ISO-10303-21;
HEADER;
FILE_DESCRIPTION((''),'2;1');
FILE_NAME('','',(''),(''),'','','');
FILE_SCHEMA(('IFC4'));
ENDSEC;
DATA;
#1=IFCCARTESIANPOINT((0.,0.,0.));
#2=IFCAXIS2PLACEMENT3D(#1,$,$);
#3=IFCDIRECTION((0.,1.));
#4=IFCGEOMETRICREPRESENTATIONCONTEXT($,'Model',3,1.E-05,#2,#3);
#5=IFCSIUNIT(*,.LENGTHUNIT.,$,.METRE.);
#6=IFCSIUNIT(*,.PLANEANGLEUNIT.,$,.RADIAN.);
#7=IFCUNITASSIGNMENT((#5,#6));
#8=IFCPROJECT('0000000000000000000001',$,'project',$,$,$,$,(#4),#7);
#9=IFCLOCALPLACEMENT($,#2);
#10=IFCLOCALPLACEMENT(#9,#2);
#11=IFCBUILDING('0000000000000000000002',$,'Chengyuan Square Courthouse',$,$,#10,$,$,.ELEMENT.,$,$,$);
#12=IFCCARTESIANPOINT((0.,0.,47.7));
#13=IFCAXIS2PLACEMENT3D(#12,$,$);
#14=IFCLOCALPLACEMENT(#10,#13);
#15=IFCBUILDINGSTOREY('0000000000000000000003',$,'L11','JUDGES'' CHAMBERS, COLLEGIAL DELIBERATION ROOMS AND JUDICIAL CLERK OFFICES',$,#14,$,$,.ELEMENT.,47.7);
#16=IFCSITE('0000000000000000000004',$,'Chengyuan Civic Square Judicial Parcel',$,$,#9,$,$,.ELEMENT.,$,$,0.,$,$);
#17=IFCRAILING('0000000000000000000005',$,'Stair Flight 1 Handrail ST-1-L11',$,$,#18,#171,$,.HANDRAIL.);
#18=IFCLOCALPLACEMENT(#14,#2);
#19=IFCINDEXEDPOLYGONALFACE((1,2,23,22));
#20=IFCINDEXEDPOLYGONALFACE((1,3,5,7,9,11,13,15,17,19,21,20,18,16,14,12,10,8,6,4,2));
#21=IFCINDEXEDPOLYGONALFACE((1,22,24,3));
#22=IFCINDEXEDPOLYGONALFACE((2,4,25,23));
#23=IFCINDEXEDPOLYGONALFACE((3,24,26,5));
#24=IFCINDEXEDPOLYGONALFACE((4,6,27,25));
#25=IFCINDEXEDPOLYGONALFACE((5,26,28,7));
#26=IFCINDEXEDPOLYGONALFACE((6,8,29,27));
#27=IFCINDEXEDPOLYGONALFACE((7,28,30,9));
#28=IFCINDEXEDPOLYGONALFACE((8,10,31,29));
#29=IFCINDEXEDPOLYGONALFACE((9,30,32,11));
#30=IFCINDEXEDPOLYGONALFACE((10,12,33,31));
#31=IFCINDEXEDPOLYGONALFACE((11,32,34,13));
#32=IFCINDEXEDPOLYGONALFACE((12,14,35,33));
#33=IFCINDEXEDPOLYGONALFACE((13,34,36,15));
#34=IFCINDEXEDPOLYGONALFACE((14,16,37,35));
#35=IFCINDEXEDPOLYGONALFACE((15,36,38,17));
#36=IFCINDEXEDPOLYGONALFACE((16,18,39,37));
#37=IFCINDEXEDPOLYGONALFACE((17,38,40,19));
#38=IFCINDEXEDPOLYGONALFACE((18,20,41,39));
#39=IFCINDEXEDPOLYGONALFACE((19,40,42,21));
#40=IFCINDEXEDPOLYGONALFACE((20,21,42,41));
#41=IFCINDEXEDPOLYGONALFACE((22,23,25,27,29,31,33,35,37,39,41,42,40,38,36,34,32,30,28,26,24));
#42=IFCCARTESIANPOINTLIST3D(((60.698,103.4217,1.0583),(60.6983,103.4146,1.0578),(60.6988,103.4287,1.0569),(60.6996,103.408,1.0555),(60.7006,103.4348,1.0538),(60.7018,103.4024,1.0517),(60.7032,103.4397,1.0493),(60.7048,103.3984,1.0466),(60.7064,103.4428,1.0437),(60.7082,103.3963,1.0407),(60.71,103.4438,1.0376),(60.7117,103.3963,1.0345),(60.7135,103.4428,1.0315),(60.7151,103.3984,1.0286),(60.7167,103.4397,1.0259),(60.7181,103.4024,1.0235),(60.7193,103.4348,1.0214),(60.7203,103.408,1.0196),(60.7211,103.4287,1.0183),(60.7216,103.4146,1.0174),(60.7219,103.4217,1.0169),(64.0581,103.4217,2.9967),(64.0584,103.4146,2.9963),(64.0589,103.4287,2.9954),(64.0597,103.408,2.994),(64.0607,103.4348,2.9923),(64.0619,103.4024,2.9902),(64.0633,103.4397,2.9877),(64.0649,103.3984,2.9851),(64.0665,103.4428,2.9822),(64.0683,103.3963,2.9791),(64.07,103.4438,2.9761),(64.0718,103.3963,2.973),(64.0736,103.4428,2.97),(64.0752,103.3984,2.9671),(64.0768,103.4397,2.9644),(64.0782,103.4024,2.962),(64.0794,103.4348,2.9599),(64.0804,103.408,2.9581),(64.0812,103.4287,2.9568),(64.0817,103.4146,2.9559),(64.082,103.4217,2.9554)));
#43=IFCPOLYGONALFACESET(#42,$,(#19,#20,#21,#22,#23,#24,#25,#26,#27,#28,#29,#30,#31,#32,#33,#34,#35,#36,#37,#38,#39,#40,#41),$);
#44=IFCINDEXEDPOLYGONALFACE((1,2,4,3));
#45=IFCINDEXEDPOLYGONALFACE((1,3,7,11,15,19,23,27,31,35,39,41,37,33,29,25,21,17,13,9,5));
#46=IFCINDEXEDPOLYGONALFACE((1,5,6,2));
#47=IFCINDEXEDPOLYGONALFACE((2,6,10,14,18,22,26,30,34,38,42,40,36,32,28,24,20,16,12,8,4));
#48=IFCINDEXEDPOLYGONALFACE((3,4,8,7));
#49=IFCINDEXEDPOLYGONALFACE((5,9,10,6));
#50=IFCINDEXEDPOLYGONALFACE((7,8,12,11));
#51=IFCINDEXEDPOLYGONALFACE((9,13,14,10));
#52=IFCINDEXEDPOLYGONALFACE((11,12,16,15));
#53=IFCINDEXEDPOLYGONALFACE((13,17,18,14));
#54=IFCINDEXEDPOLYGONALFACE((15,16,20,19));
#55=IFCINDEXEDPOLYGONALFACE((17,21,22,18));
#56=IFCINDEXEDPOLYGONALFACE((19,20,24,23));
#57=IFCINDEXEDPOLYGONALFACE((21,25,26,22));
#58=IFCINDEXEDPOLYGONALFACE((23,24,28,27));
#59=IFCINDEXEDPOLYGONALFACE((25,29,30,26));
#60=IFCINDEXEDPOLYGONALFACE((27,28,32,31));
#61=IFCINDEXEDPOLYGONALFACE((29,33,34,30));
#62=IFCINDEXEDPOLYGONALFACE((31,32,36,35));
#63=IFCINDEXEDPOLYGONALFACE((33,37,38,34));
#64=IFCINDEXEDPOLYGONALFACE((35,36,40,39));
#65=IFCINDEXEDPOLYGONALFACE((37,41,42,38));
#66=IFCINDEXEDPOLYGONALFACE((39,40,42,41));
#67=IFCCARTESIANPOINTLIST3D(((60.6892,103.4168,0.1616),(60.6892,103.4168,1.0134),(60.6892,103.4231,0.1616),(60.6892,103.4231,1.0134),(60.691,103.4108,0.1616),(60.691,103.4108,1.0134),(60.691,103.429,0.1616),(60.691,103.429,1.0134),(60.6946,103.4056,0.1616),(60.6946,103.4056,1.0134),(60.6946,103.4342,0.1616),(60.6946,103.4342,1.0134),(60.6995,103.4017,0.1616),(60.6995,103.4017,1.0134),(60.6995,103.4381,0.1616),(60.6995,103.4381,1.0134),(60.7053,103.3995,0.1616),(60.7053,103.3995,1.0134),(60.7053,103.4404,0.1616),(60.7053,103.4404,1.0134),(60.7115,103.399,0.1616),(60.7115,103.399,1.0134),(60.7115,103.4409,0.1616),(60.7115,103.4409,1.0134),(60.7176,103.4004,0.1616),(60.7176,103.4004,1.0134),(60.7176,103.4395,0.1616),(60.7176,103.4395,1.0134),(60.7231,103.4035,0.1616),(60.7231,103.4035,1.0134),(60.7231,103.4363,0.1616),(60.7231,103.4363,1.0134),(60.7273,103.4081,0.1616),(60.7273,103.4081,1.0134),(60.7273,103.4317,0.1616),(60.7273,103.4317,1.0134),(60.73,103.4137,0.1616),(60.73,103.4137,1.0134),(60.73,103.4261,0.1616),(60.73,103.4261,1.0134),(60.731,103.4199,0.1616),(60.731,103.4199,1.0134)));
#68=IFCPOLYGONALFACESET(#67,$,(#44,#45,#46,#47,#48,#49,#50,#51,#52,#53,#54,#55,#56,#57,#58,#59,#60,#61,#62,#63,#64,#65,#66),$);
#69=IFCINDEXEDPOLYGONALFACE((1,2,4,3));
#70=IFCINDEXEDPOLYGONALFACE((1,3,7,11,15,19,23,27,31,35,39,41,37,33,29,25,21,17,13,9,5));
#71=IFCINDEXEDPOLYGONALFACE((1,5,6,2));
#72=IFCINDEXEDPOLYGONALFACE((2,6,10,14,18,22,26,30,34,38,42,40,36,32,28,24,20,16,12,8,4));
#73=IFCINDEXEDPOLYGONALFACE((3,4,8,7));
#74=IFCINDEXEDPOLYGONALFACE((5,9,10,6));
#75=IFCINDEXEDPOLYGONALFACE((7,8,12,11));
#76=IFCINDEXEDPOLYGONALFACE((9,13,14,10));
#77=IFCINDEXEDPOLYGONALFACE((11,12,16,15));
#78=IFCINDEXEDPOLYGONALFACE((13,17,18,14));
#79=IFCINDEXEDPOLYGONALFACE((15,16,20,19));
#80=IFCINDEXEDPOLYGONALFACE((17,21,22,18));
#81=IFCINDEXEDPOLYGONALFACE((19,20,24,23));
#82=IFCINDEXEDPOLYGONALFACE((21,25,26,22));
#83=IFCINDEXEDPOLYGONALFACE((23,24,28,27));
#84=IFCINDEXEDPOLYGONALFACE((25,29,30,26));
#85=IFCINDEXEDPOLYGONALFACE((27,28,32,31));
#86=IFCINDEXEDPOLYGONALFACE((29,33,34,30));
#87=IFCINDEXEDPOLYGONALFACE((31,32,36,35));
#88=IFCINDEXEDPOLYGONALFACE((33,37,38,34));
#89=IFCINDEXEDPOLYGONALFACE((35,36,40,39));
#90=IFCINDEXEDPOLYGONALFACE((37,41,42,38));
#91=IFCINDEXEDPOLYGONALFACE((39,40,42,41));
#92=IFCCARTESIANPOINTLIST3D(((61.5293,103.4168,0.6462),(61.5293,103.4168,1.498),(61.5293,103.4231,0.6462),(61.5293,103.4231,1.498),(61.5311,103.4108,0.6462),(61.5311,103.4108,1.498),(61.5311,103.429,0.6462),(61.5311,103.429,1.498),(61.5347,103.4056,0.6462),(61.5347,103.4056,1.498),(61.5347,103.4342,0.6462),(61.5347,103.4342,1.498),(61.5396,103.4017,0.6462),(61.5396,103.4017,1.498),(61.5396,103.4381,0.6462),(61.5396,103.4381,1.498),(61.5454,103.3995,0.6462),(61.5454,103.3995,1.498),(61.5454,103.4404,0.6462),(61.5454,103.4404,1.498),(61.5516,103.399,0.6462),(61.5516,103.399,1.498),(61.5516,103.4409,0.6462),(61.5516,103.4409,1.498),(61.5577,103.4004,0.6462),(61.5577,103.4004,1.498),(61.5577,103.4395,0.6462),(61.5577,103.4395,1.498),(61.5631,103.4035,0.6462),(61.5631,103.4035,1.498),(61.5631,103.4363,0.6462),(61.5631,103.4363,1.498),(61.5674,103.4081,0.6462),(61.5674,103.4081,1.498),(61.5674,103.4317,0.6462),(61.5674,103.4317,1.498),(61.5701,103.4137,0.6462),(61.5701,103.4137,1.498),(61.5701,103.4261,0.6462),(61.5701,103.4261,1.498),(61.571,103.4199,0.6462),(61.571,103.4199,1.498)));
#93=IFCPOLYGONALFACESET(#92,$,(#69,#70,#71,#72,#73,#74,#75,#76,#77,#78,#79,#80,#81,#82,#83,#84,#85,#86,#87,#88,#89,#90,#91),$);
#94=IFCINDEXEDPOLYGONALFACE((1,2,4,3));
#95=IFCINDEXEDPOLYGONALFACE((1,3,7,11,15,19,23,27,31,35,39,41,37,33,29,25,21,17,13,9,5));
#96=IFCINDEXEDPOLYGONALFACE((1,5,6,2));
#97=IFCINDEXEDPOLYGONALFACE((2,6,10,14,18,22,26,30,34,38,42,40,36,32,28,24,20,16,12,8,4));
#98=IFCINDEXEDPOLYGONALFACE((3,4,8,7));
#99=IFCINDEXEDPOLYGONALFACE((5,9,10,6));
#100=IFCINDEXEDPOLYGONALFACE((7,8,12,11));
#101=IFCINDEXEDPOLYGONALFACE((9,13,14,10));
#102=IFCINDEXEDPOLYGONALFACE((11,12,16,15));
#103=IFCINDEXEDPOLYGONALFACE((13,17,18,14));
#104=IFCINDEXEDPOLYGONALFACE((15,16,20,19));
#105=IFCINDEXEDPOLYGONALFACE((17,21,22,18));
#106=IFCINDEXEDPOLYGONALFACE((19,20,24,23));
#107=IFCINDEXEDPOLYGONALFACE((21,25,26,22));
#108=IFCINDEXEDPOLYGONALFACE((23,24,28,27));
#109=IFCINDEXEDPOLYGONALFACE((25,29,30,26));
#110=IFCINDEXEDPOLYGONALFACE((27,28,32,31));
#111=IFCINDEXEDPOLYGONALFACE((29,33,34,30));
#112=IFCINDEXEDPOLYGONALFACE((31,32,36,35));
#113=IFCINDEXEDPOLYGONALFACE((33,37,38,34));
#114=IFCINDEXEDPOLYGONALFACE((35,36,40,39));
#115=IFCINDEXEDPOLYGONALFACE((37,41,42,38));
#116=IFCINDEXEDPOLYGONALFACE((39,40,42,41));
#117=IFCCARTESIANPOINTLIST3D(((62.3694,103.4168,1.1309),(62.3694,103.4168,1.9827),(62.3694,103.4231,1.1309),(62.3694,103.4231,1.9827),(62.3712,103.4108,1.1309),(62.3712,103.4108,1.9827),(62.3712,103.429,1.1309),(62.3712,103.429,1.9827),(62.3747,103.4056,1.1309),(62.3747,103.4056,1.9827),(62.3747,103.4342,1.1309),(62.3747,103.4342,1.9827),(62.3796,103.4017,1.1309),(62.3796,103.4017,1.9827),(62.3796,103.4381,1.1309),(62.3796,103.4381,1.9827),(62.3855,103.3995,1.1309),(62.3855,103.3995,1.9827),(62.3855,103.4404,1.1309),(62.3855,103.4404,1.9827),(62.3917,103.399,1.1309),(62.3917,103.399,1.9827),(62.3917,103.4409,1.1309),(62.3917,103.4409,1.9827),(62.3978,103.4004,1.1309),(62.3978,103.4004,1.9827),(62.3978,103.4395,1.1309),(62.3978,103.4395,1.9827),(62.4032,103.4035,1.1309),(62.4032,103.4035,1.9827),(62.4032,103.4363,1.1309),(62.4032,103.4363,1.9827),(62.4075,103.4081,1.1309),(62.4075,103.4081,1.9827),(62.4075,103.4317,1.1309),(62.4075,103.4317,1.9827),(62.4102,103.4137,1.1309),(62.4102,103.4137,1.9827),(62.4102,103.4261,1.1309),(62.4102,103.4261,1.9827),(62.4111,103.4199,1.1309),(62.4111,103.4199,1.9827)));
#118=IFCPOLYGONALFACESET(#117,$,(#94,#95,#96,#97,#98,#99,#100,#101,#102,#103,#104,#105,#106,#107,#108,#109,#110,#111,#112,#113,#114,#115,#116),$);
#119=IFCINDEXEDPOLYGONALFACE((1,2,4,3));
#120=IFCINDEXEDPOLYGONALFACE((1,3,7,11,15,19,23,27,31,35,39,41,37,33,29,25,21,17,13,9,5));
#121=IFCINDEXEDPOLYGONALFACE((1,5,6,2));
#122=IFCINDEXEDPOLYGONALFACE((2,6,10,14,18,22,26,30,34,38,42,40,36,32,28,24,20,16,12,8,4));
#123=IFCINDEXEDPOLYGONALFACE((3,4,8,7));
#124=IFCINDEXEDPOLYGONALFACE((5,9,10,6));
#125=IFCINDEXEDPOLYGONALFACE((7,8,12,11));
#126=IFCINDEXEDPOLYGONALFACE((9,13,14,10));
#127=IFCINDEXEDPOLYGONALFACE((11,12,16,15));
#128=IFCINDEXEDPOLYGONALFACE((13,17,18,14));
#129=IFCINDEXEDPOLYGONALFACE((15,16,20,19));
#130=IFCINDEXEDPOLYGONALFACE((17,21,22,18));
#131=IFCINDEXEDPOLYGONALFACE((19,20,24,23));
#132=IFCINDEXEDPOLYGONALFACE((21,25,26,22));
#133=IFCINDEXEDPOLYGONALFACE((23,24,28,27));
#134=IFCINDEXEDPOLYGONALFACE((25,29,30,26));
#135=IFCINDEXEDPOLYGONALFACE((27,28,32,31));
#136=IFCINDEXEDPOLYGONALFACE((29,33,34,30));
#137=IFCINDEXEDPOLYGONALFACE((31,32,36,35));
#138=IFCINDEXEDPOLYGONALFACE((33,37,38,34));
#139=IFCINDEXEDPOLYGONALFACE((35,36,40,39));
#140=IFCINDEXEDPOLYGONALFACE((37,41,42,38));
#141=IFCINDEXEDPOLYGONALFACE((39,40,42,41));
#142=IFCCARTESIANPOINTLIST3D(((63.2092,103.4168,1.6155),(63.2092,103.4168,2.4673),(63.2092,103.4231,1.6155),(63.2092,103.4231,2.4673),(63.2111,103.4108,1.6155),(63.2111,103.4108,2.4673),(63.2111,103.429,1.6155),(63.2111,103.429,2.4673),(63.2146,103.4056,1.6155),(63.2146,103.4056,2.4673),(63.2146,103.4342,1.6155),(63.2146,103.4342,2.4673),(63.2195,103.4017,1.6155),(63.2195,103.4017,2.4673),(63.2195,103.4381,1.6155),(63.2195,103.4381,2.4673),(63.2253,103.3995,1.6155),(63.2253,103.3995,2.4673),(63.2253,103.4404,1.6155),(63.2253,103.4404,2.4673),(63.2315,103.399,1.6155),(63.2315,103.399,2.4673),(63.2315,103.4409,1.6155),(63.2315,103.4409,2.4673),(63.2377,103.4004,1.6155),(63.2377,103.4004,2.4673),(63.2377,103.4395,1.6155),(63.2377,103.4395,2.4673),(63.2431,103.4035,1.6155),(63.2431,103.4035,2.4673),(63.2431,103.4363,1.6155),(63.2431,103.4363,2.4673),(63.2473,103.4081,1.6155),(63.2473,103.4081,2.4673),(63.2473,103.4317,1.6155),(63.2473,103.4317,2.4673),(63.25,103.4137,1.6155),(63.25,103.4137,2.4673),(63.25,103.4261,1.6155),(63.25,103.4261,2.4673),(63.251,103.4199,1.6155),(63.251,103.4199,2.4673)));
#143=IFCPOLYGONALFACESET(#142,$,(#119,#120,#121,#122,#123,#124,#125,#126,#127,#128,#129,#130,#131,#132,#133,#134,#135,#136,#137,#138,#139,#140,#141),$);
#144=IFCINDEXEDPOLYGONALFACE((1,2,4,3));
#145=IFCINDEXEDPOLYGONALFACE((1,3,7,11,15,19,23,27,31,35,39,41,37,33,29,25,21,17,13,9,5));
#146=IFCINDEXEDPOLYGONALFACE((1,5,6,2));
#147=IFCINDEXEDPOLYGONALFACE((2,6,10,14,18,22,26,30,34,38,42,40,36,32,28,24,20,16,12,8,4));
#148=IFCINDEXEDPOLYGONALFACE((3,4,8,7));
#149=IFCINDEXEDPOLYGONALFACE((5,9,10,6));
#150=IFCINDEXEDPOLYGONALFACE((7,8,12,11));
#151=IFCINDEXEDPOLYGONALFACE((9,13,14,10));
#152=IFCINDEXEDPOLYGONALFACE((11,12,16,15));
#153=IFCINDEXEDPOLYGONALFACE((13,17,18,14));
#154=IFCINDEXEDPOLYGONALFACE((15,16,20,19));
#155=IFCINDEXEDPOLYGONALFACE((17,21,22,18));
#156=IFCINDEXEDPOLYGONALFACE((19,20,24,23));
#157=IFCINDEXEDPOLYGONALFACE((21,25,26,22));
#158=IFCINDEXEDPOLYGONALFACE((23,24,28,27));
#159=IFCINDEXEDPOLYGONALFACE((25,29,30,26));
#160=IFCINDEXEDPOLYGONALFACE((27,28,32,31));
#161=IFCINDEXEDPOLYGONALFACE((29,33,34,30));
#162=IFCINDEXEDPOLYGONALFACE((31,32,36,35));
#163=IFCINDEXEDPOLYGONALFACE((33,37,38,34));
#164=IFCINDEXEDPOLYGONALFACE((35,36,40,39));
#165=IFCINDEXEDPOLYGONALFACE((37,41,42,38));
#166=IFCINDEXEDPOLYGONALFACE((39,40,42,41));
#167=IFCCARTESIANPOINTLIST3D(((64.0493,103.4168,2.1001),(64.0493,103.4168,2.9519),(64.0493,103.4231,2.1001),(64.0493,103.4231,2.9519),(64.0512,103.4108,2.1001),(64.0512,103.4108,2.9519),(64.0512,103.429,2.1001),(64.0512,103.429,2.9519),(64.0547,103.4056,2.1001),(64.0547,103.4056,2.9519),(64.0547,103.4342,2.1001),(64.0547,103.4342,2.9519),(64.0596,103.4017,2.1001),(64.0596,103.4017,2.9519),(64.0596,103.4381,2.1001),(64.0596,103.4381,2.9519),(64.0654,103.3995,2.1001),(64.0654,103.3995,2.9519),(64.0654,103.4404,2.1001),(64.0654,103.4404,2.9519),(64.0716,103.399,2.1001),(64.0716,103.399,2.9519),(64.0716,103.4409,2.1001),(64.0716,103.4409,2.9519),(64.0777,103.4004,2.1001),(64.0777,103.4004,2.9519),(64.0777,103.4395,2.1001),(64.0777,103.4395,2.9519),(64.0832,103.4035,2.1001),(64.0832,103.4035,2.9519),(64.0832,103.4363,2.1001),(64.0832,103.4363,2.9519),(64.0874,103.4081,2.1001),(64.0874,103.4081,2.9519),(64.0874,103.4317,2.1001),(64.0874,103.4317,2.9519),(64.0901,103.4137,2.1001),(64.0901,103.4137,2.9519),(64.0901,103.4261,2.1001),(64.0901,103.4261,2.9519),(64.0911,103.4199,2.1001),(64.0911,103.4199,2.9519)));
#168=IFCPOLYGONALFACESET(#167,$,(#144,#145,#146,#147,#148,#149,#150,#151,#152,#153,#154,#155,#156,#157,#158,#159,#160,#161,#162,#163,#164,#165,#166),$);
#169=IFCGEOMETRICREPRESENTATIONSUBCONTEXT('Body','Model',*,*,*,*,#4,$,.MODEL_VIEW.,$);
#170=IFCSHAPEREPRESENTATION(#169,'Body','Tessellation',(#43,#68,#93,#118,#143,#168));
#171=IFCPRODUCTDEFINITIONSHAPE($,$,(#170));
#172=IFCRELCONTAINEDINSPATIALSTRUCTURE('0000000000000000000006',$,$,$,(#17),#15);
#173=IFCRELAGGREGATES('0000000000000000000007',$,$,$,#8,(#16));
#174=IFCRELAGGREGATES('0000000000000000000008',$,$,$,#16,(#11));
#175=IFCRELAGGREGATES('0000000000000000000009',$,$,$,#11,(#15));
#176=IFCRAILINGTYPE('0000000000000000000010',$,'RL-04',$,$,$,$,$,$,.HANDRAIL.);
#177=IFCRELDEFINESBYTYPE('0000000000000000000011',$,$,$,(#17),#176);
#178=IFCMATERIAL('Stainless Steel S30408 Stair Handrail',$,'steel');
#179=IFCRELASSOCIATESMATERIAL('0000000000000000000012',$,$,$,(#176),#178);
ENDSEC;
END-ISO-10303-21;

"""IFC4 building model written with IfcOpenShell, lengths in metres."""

from ifc_helpers import new_model, si_unit, direction, frame, origin, origin_2d, place, context, subcontext, project, spatial, circle, extrude, material, type_object, element, save


model = new_model("IFC4")

# Units and contexts
model_context = context("Model", 3, precision=1e-05, world=origin(), true_north=direction((0.0, 1.0)))
body_context = subcontext(model_context, "Body", "Model", "MODEL_VIEW")
ifc_project = project(units=[si_unit("LENGTHUNIT", "METRE"), si_unit("PLANEANGLEUNIT", "RADIAN")], contexts=[model_context])

# Site, building, storey
site_placement = place(None, origin())
site = spatial("IfcSite", under=ifc_project, at=site_placement, Name="Chengyuan Civic Square Judicial Parcel", CompositionType="ELEMENT", RefElevation=0.0)
building_placement = place(site_placement, origin())
building = spatial("IfcBuilding", under=site, at=building_placement, Name="Chengyuan Square Courthouse", CompositionType="ELEMENT")
storey_placement = place(building_placement, frame((0.0, 0.0, 47.7)))
storey = spatial("IfcBuildingStorey", under=building, at=storey_placement, Name="L11", Description="JUDGES' CHAMBERS, COLLEGIAL DELIBERATION ROOMS AND JUDICIAL CLERK OFFICES", CompositionType="ELEMENT", Elevation=47.7)

# Railing
ifc_material_1 = material(Name="Stainless Steel S30408 Stair Handrail", Category="steel")
railing_type_1 = type_object("IfcRailingType", Name="RL-04", PredefinedType="HANDRAIL", material=ifc_material_1)
railing_1_placement = place(storey_placement, frame((60.71, 103.4199, 0.1616)))
element("IfcRailing", 1, at=railing_1_placement, inside=storey, type_object=railing_type_1, Name="Stair Flight 1 Handrail ST-1-L11", PredefinedType="HANDRAIL", context=body_context, shape_type="SweptSolid", body=[
    extrude(circle(Radius=0.0239, at=origin_2d()), frame((0.0, 0.0, 0.876), z_axis=(0.866191, 0.0, 0.499713), x_axis=(0.0, 1.0, 0.0)), (0.0, 0.0, 1.0), 3.8792),
    extrude(circle(Radius=0.021, at=origin_2d()), origin(), (0.0, 0.0, 1.0), 0.8518),
    extrude(circle(Radius=0.021, at=origin_2d()), frame((0.8401, 0.0, 0.4846)), (0.0, 0.0, 1.0), 0.8518),
    extrude(circle(Radius=0.021, at=origin_2d()), frame((1.6802, 0.0, 0.9692)), (0.0, 0.0, 1.0), 0.8518),
    extrude(circle(Radius=0.021, at=origin_2d()), frame((2.52, 0.0, 1.4539)), (0.0, 0.0, 1.0), 0.8518),
    extrude(circle(Radius=0.021, at=origin_2d()), frame((3.3601, 0.0, 1.9385)), (0.0, 0.0, 1.0), 0.8518),
])

save(model, "model.ifc")
